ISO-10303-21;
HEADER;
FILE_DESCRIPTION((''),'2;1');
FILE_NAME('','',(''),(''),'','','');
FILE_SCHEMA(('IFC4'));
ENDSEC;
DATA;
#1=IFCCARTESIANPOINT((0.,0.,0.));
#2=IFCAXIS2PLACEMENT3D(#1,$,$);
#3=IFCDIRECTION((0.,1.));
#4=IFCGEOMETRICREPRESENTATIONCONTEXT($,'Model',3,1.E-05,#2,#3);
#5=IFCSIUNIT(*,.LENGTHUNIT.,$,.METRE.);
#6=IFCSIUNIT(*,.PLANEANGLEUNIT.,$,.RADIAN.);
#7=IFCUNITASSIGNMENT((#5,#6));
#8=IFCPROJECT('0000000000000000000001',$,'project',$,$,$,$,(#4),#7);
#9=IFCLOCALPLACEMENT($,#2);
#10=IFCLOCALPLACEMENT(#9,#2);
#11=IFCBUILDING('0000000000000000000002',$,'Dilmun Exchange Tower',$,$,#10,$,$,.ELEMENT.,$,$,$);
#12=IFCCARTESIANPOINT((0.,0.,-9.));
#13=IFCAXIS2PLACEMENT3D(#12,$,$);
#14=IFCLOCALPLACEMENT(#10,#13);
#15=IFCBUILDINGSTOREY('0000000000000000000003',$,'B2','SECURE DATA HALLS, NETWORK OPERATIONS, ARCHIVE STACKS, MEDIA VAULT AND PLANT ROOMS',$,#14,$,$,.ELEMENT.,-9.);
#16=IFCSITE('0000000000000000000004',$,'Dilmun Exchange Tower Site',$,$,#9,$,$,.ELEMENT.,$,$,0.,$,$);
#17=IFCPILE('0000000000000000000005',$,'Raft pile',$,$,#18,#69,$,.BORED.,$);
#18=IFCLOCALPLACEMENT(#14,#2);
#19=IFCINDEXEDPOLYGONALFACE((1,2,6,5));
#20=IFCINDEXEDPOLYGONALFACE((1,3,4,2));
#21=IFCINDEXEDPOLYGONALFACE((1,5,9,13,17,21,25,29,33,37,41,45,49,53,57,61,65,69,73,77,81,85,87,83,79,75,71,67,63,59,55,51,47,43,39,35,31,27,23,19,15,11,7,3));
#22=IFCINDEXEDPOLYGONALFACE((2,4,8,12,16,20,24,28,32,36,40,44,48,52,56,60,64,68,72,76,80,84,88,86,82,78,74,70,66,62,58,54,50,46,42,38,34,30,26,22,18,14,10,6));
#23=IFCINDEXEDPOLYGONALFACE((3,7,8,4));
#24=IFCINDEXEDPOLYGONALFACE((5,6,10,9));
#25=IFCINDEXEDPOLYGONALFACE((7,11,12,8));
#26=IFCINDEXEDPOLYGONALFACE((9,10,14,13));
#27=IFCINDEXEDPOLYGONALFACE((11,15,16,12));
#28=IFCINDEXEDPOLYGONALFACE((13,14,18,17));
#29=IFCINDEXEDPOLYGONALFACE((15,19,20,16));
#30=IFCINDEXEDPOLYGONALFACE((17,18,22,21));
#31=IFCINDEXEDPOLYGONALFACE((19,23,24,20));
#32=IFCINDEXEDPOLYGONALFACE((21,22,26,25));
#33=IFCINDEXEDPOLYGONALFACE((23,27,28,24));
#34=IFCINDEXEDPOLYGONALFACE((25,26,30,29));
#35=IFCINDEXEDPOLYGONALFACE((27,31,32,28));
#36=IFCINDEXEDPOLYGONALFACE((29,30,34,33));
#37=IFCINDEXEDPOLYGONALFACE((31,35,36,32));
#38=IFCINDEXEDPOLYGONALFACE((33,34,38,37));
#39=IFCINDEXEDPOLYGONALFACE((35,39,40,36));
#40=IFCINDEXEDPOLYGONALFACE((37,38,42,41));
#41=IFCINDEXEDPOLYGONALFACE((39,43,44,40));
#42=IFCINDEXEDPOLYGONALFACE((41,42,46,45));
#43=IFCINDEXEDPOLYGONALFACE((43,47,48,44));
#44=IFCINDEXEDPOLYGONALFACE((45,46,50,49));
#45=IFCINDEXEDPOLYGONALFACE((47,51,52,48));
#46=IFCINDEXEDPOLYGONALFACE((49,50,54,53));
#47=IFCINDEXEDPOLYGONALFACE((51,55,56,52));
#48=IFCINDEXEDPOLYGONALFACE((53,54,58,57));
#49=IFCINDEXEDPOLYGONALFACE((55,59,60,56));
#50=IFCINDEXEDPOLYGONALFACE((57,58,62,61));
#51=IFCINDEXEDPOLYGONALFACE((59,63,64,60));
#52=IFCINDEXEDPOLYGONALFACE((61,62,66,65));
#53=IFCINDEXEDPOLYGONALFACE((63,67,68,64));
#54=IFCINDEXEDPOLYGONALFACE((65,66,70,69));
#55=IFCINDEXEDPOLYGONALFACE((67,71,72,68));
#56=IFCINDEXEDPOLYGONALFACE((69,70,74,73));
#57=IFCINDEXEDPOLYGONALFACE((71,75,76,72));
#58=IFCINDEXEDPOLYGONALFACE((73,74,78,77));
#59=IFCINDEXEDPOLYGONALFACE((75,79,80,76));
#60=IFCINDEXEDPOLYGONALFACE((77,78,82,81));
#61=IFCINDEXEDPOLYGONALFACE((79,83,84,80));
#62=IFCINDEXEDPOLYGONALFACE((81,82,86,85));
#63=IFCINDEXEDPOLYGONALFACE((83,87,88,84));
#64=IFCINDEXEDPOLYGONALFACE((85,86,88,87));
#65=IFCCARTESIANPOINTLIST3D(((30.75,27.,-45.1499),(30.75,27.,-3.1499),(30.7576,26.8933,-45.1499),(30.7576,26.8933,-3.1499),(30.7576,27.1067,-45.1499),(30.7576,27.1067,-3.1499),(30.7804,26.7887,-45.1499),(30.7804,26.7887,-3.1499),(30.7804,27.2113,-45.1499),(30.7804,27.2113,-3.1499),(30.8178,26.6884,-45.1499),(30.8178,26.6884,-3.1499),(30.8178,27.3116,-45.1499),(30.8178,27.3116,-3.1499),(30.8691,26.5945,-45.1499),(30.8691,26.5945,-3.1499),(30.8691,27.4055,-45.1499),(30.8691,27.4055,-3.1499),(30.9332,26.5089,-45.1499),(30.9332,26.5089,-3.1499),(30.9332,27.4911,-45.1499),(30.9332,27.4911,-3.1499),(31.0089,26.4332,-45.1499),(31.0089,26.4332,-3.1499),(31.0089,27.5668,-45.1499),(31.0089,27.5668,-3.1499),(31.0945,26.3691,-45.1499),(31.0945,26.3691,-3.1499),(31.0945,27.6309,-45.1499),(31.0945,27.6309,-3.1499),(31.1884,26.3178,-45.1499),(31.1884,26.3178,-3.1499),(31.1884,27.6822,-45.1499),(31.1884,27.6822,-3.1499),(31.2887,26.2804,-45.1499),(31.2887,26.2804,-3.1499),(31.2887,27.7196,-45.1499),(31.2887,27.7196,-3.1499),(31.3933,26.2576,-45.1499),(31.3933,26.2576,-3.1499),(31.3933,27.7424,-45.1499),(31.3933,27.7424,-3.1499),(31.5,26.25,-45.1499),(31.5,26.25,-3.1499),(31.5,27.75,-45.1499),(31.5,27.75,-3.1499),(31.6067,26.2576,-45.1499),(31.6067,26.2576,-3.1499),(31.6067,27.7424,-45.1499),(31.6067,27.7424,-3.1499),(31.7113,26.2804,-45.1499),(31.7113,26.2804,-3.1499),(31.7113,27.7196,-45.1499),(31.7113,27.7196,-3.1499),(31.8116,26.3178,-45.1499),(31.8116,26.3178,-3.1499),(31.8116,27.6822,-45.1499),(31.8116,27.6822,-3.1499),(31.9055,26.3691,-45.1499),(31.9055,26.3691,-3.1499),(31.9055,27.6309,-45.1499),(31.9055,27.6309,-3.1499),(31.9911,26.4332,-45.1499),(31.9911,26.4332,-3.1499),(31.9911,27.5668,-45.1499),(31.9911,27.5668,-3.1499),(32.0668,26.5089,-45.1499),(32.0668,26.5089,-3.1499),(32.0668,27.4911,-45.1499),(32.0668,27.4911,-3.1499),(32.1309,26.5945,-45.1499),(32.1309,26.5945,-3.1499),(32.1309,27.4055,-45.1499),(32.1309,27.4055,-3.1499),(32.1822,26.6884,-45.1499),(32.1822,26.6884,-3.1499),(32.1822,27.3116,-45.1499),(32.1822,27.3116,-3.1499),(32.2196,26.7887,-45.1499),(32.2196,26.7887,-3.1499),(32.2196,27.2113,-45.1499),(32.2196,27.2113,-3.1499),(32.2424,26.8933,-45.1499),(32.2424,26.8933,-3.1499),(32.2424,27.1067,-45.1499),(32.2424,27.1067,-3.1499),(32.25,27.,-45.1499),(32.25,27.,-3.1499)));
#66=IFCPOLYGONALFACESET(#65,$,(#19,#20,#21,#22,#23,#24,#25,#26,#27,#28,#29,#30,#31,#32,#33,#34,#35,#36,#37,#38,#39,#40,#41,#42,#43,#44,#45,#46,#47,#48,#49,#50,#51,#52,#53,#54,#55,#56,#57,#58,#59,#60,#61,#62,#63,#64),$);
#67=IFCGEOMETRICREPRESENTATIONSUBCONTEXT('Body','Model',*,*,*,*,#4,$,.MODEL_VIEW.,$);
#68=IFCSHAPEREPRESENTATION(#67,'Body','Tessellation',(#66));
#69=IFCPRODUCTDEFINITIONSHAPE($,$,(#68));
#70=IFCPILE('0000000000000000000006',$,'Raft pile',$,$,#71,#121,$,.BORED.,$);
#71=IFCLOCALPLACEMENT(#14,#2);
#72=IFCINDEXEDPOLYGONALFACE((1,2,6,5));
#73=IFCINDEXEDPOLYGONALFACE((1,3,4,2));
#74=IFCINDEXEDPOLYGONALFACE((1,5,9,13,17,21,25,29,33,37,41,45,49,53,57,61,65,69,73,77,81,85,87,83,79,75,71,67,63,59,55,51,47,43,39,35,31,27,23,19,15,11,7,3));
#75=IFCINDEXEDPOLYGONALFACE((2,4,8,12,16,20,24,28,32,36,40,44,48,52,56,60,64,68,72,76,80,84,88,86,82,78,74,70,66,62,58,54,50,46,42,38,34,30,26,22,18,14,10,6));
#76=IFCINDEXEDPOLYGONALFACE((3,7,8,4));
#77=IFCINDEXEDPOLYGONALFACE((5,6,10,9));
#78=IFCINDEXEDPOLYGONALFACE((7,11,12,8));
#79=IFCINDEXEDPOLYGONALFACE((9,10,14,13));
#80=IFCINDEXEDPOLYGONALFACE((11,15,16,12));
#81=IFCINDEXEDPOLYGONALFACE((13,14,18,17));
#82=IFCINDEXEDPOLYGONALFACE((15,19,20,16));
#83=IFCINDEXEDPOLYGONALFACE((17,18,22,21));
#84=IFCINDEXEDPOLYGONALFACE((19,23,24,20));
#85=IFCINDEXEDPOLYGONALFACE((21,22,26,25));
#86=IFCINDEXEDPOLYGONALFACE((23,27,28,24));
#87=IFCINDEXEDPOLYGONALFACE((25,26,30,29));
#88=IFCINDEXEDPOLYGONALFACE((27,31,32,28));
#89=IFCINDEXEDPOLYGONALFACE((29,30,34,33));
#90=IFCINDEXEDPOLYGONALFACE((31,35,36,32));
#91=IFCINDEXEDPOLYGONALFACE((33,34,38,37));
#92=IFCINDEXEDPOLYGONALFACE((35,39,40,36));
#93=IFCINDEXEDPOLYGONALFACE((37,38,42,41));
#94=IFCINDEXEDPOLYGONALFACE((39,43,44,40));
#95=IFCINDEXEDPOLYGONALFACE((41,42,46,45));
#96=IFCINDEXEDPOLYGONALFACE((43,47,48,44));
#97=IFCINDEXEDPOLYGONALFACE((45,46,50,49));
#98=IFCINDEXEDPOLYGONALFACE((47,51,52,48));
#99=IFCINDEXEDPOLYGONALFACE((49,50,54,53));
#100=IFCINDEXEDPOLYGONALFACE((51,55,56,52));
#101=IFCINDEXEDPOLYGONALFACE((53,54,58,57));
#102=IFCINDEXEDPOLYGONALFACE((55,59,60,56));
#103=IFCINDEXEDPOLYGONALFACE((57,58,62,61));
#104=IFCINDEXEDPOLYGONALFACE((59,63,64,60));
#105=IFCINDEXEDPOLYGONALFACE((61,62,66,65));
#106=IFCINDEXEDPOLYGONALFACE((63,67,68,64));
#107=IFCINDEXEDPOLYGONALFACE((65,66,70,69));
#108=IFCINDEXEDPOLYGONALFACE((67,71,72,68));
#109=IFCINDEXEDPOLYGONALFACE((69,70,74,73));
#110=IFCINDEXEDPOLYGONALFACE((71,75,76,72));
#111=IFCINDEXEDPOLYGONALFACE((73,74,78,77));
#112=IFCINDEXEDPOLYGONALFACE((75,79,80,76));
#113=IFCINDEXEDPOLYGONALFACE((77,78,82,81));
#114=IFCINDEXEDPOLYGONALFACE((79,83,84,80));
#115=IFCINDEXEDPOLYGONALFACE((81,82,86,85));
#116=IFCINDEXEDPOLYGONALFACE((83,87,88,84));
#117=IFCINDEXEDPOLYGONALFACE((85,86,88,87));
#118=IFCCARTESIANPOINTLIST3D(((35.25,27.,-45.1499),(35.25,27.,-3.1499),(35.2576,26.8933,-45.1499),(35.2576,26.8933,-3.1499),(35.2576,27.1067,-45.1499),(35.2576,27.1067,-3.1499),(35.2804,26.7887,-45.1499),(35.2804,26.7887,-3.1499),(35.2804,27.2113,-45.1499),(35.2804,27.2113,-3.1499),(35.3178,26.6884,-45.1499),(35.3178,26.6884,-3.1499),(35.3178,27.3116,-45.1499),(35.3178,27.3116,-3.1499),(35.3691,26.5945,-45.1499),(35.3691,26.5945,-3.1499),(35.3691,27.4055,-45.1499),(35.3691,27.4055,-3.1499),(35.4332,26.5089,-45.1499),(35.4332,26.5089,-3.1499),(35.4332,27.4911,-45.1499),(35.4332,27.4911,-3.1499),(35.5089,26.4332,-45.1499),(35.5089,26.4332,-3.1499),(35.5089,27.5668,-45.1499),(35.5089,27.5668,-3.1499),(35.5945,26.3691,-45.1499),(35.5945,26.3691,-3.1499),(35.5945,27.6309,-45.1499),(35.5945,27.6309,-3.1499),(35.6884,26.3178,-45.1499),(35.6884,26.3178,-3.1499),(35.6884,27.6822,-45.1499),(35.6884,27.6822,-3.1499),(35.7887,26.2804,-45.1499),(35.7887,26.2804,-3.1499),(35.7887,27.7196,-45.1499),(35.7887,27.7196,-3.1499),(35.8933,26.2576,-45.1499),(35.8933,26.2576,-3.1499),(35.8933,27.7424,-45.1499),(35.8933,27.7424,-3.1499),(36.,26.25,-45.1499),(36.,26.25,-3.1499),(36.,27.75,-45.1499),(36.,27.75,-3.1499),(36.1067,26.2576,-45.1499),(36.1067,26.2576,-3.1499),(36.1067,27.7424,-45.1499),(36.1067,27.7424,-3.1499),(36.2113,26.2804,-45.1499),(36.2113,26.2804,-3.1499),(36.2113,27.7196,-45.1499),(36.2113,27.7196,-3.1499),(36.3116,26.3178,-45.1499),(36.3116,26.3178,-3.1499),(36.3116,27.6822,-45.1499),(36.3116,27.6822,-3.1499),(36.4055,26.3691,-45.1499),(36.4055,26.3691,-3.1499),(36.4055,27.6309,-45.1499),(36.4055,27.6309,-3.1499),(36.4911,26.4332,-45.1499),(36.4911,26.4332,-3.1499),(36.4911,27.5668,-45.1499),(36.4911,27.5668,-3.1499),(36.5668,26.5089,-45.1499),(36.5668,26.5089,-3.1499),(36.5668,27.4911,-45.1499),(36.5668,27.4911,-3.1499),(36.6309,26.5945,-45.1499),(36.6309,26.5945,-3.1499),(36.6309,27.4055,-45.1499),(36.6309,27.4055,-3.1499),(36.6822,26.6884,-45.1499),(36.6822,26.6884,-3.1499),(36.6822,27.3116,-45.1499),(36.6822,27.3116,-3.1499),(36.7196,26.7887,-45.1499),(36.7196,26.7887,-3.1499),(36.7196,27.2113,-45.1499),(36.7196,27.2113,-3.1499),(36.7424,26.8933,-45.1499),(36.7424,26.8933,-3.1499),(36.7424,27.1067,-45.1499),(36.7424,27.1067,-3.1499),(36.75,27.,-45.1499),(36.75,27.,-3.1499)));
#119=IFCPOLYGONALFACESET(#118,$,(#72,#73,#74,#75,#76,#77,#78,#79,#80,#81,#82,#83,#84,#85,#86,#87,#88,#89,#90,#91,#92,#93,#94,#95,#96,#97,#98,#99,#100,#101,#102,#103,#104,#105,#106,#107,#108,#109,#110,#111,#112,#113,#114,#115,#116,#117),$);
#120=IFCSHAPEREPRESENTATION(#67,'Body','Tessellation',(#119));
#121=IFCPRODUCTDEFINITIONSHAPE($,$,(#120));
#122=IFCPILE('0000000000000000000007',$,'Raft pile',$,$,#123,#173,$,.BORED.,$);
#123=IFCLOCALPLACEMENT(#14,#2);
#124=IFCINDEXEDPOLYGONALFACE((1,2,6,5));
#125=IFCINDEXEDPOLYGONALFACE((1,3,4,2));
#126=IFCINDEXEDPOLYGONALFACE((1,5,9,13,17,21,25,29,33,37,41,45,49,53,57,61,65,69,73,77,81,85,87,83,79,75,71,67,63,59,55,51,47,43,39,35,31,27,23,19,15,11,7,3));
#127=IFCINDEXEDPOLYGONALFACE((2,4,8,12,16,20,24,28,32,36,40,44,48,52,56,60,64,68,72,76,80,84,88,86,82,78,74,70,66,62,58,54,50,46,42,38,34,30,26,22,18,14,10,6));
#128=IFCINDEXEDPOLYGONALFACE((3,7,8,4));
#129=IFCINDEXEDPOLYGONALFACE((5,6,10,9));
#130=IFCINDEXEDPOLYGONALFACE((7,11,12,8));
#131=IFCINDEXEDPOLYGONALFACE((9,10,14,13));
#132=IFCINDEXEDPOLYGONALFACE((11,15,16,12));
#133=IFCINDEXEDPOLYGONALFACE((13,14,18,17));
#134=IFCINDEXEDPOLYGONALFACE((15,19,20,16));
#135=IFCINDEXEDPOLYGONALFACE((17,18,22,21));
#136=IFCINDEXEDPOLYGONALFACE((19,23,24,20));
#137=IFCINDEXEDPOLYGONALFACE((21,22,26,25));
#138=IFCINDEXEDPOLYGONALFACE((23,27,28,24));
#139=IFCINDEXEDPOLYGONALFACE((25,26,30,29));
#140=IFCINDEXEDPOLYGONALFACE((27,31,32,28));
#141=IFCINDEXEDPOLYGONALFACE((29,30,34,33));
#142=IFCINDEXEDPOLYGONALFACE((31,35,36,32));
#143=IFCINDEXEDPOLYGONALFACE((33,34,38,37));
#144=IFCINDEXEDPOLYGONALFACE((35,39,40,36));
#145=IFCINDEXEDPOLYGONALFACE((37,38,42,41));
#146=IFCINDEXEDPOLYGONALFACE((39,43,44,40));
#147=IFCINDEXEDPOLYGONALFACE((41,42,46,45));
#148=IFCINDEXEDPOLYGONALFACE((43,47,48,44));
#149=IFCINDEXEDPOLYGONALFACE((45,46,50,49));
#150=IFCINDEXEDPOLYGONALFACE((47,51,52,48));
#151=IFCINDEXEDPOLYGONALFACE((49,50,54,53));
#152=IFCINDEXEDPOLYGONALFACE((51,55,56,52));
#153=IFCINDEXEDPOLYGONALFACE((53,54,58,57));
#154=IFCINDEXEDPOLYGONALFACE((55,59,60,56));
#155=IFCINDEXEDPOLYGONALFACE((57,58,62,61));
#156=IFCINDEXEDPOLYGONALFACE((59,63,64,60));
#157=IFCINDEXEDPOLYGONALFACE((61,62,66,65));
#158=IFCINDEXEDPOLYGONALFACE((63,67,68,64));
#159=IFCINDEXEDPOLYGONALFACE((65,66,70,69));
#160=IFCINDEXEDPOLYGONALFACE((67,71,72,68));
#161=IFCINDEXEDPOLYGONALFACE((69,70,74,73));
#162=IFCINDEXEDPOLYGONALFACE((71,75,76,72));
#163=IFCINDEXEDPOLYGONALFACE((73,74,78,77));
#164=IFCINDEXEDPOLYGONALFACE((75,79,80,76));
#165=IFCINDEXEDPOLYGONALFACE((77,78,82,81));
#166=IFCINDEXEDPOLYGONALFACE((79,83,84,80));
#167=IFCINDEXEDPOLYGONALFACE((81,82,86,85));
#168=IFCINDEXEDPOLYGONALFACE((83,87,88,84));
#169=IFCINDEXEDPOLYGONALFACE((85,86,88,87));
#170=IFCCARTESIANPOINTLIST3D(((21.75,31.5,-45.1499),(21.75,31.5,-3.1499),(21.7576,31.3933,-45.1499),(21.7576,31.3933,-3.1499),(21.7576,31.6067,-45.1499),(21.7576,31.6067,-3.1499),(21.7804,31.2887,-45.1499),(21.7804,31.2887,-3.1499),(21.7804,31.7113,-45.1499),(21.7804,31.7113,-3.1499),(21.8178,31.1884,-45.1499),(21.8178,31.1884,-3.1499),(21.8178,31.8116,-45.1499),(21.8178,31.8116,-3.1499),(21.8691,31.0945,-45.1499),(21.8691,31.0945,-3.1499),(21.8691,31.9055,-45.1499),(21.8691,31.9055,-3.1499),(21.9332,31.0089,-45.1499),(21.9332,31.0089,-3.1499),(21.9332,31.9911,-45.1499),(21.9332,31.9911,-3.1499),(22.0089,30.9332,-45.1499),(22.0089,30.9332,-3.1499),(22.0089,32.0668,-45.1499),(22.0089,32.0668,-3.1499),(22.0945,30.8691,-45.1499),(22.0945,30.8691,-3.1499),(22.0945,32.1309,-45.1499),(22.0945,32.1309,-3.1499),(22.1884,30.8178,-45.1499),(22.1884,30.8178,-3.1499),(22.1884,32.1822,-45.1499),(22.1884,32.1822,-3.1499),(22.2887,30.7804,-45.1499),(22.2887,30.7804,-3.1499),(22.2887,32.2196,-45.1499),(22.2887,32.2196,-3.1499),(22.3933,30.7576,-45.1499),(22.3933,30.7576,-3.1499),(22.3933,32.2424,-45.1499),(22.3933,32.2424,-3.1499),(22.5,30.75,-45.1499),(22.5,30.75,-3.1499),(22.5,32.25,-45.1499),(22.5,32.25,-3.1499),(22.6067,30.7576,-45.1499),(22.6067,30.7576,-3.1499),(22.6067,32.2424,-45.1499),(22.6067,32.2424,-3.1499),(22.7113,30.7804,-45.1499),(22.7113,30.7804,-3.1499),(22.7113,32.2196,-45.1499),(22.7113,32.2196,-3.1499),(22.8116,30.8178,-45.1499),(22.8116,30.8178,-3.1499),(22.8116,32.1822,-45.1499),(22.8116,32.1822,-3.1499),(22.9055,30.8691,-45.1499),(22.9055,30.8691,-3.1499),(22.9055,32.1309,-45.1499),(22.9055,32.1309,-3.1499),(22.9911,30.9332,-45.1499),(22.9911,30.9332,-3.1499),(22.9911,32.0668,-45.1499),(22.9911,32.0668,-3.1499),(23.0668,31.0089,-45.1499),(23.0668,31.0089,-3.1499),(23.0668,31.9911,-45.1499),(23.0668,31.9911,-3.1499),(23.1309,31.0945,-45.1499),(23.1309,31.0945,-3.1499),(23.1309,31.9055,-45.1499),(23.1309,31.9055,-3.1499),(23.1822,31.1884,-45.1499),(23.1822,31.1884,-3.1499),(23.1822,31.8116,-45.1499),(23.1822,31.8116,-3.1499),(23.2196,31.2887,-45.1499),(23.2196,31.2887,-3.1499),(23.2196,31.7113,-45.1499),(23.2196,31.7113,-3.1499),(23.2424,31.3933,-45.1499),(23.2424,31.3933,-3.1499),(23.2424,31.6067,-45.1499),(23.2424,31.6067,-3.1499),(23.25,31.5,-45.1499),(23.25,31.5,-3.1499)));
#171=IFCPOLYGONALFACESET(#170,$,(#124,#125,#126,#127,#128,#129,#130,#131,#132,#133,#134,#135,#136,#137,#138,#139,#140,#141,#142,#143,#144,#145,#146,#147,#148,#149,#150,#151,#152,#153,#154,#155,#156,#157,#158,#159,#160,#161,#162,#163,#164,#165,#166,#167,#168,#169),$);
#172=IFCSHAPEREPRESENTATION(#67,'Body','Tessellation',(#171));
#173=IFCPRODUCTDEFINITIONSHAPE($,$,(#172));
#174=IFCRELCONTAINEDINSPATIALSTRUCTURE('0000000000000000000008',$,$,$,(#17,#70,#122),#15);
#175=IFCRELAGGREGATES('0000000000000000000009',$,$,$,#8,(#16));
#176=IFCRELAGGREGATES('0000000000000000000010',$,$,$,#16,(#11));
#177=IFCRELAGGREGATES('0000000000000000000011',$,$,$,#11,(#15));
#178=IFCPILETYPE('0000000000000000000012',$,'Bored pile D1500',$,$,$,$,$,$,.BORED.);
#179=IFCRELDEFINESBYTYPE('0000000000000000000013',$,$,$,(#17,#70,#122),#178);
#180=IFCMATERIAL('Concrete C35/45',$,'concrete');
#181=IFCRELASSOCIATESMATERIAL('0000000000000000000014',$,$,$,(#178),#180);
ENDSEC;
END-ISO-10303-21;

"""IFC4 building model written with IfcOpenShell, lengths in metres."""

from ifc_helpers import new_model, si_unit, direction, frame, origin, origin_2d, place, context, subcontext, project, spatial, circle, extrude, material, material_profile, profile_set, type_object, element, save


model = new_model("IFC4")

# Units and contexts
model_context = context("Model", 3, precision=1e-05, world=origin(), true_north=direction((0.0, 1.0)))
body_context = subcontext(model_context, "Body", "Model", "MODEL_VIEW")
ifc_project = project(units=[si_unit("LENGTHUNIT", "METRE"), si_unit("PLANEANGLEUNIT", "RADIAN")], contexts=[model_context])

# Site, building, storey
site_placement = place(None, origin())
site = spatial("IfcSite", under=ifc_project, at=site_placement, Name="Dilmun Exchange Tower Site", CompositionType="ELEMENT", RefElevation=0.0)
building_placement = place(site_placement, origin())
building = spatial("IfcBuilding", under=site, at=building_placement, Name="Dilmun Exchange Tower", CompositionType="ELEMENT")
storey_placement = place(building_placement, frame((0.0, 0.0, -9.0)))
storey = spatial("IfcBuildingStorey", under=building, at=storey_placement, Name="B2", Description="SECURE DATA HALLS, NETWORK OPERATIONS, ARCHIVE STACKS, MEDIA VAULT AND PLANT ROOMS", CompositionType="ELEMENT", Elevation=-9.0)

# Piles
ifc_material_1 = material(Name="Concrete C35/45", Category="concrete")
ifc_material_profile_1 = material_profile(ifc_material_1, circle(Radius=0.75, at=origin_2d()), Name="D1500")
ifc_profile_set_1 = profile_set([ifc_material_profile_1], Name="Concrete C35/45")
pile_type = type_object("IfcPileType", Name="Bored pile D1500", PredefinedType="BORED", material=ifc_profile_set_1)
for number, where, z_axis, x_axis, name in (
    (1, (31.5, 27.0, -3.1499), (0.0, 0.0, -1.0), (1.0, 0.0, 0.0), "Raft pile"),
    (2, (36.0, 27.0, -3.1499), (0.0, 0.0, -1.0), (1.0, 0.0, 0.0), "Raft pile"),
    (3, (22.5, 31.5, -3.1499), (0.0, 0.0, -1.0), (1.0, 0.0, 0.0), "Raft pile"),
):
    element("IfcPile", number, at=place(storey_placement, frame(where, z_axis=z_axis, x_axis=x_axis)), inside=storey, type_object=pile_type, Name=name, PredefinedType="BORED", context=body_context, shape_type="SweptSolid", body=[
        extrude(circle(Radius=0.75, at=origin_2d()), origin(), (0.0, 0.0, 1.0), 42.0),
    ])

save(model, "model.ifc")
